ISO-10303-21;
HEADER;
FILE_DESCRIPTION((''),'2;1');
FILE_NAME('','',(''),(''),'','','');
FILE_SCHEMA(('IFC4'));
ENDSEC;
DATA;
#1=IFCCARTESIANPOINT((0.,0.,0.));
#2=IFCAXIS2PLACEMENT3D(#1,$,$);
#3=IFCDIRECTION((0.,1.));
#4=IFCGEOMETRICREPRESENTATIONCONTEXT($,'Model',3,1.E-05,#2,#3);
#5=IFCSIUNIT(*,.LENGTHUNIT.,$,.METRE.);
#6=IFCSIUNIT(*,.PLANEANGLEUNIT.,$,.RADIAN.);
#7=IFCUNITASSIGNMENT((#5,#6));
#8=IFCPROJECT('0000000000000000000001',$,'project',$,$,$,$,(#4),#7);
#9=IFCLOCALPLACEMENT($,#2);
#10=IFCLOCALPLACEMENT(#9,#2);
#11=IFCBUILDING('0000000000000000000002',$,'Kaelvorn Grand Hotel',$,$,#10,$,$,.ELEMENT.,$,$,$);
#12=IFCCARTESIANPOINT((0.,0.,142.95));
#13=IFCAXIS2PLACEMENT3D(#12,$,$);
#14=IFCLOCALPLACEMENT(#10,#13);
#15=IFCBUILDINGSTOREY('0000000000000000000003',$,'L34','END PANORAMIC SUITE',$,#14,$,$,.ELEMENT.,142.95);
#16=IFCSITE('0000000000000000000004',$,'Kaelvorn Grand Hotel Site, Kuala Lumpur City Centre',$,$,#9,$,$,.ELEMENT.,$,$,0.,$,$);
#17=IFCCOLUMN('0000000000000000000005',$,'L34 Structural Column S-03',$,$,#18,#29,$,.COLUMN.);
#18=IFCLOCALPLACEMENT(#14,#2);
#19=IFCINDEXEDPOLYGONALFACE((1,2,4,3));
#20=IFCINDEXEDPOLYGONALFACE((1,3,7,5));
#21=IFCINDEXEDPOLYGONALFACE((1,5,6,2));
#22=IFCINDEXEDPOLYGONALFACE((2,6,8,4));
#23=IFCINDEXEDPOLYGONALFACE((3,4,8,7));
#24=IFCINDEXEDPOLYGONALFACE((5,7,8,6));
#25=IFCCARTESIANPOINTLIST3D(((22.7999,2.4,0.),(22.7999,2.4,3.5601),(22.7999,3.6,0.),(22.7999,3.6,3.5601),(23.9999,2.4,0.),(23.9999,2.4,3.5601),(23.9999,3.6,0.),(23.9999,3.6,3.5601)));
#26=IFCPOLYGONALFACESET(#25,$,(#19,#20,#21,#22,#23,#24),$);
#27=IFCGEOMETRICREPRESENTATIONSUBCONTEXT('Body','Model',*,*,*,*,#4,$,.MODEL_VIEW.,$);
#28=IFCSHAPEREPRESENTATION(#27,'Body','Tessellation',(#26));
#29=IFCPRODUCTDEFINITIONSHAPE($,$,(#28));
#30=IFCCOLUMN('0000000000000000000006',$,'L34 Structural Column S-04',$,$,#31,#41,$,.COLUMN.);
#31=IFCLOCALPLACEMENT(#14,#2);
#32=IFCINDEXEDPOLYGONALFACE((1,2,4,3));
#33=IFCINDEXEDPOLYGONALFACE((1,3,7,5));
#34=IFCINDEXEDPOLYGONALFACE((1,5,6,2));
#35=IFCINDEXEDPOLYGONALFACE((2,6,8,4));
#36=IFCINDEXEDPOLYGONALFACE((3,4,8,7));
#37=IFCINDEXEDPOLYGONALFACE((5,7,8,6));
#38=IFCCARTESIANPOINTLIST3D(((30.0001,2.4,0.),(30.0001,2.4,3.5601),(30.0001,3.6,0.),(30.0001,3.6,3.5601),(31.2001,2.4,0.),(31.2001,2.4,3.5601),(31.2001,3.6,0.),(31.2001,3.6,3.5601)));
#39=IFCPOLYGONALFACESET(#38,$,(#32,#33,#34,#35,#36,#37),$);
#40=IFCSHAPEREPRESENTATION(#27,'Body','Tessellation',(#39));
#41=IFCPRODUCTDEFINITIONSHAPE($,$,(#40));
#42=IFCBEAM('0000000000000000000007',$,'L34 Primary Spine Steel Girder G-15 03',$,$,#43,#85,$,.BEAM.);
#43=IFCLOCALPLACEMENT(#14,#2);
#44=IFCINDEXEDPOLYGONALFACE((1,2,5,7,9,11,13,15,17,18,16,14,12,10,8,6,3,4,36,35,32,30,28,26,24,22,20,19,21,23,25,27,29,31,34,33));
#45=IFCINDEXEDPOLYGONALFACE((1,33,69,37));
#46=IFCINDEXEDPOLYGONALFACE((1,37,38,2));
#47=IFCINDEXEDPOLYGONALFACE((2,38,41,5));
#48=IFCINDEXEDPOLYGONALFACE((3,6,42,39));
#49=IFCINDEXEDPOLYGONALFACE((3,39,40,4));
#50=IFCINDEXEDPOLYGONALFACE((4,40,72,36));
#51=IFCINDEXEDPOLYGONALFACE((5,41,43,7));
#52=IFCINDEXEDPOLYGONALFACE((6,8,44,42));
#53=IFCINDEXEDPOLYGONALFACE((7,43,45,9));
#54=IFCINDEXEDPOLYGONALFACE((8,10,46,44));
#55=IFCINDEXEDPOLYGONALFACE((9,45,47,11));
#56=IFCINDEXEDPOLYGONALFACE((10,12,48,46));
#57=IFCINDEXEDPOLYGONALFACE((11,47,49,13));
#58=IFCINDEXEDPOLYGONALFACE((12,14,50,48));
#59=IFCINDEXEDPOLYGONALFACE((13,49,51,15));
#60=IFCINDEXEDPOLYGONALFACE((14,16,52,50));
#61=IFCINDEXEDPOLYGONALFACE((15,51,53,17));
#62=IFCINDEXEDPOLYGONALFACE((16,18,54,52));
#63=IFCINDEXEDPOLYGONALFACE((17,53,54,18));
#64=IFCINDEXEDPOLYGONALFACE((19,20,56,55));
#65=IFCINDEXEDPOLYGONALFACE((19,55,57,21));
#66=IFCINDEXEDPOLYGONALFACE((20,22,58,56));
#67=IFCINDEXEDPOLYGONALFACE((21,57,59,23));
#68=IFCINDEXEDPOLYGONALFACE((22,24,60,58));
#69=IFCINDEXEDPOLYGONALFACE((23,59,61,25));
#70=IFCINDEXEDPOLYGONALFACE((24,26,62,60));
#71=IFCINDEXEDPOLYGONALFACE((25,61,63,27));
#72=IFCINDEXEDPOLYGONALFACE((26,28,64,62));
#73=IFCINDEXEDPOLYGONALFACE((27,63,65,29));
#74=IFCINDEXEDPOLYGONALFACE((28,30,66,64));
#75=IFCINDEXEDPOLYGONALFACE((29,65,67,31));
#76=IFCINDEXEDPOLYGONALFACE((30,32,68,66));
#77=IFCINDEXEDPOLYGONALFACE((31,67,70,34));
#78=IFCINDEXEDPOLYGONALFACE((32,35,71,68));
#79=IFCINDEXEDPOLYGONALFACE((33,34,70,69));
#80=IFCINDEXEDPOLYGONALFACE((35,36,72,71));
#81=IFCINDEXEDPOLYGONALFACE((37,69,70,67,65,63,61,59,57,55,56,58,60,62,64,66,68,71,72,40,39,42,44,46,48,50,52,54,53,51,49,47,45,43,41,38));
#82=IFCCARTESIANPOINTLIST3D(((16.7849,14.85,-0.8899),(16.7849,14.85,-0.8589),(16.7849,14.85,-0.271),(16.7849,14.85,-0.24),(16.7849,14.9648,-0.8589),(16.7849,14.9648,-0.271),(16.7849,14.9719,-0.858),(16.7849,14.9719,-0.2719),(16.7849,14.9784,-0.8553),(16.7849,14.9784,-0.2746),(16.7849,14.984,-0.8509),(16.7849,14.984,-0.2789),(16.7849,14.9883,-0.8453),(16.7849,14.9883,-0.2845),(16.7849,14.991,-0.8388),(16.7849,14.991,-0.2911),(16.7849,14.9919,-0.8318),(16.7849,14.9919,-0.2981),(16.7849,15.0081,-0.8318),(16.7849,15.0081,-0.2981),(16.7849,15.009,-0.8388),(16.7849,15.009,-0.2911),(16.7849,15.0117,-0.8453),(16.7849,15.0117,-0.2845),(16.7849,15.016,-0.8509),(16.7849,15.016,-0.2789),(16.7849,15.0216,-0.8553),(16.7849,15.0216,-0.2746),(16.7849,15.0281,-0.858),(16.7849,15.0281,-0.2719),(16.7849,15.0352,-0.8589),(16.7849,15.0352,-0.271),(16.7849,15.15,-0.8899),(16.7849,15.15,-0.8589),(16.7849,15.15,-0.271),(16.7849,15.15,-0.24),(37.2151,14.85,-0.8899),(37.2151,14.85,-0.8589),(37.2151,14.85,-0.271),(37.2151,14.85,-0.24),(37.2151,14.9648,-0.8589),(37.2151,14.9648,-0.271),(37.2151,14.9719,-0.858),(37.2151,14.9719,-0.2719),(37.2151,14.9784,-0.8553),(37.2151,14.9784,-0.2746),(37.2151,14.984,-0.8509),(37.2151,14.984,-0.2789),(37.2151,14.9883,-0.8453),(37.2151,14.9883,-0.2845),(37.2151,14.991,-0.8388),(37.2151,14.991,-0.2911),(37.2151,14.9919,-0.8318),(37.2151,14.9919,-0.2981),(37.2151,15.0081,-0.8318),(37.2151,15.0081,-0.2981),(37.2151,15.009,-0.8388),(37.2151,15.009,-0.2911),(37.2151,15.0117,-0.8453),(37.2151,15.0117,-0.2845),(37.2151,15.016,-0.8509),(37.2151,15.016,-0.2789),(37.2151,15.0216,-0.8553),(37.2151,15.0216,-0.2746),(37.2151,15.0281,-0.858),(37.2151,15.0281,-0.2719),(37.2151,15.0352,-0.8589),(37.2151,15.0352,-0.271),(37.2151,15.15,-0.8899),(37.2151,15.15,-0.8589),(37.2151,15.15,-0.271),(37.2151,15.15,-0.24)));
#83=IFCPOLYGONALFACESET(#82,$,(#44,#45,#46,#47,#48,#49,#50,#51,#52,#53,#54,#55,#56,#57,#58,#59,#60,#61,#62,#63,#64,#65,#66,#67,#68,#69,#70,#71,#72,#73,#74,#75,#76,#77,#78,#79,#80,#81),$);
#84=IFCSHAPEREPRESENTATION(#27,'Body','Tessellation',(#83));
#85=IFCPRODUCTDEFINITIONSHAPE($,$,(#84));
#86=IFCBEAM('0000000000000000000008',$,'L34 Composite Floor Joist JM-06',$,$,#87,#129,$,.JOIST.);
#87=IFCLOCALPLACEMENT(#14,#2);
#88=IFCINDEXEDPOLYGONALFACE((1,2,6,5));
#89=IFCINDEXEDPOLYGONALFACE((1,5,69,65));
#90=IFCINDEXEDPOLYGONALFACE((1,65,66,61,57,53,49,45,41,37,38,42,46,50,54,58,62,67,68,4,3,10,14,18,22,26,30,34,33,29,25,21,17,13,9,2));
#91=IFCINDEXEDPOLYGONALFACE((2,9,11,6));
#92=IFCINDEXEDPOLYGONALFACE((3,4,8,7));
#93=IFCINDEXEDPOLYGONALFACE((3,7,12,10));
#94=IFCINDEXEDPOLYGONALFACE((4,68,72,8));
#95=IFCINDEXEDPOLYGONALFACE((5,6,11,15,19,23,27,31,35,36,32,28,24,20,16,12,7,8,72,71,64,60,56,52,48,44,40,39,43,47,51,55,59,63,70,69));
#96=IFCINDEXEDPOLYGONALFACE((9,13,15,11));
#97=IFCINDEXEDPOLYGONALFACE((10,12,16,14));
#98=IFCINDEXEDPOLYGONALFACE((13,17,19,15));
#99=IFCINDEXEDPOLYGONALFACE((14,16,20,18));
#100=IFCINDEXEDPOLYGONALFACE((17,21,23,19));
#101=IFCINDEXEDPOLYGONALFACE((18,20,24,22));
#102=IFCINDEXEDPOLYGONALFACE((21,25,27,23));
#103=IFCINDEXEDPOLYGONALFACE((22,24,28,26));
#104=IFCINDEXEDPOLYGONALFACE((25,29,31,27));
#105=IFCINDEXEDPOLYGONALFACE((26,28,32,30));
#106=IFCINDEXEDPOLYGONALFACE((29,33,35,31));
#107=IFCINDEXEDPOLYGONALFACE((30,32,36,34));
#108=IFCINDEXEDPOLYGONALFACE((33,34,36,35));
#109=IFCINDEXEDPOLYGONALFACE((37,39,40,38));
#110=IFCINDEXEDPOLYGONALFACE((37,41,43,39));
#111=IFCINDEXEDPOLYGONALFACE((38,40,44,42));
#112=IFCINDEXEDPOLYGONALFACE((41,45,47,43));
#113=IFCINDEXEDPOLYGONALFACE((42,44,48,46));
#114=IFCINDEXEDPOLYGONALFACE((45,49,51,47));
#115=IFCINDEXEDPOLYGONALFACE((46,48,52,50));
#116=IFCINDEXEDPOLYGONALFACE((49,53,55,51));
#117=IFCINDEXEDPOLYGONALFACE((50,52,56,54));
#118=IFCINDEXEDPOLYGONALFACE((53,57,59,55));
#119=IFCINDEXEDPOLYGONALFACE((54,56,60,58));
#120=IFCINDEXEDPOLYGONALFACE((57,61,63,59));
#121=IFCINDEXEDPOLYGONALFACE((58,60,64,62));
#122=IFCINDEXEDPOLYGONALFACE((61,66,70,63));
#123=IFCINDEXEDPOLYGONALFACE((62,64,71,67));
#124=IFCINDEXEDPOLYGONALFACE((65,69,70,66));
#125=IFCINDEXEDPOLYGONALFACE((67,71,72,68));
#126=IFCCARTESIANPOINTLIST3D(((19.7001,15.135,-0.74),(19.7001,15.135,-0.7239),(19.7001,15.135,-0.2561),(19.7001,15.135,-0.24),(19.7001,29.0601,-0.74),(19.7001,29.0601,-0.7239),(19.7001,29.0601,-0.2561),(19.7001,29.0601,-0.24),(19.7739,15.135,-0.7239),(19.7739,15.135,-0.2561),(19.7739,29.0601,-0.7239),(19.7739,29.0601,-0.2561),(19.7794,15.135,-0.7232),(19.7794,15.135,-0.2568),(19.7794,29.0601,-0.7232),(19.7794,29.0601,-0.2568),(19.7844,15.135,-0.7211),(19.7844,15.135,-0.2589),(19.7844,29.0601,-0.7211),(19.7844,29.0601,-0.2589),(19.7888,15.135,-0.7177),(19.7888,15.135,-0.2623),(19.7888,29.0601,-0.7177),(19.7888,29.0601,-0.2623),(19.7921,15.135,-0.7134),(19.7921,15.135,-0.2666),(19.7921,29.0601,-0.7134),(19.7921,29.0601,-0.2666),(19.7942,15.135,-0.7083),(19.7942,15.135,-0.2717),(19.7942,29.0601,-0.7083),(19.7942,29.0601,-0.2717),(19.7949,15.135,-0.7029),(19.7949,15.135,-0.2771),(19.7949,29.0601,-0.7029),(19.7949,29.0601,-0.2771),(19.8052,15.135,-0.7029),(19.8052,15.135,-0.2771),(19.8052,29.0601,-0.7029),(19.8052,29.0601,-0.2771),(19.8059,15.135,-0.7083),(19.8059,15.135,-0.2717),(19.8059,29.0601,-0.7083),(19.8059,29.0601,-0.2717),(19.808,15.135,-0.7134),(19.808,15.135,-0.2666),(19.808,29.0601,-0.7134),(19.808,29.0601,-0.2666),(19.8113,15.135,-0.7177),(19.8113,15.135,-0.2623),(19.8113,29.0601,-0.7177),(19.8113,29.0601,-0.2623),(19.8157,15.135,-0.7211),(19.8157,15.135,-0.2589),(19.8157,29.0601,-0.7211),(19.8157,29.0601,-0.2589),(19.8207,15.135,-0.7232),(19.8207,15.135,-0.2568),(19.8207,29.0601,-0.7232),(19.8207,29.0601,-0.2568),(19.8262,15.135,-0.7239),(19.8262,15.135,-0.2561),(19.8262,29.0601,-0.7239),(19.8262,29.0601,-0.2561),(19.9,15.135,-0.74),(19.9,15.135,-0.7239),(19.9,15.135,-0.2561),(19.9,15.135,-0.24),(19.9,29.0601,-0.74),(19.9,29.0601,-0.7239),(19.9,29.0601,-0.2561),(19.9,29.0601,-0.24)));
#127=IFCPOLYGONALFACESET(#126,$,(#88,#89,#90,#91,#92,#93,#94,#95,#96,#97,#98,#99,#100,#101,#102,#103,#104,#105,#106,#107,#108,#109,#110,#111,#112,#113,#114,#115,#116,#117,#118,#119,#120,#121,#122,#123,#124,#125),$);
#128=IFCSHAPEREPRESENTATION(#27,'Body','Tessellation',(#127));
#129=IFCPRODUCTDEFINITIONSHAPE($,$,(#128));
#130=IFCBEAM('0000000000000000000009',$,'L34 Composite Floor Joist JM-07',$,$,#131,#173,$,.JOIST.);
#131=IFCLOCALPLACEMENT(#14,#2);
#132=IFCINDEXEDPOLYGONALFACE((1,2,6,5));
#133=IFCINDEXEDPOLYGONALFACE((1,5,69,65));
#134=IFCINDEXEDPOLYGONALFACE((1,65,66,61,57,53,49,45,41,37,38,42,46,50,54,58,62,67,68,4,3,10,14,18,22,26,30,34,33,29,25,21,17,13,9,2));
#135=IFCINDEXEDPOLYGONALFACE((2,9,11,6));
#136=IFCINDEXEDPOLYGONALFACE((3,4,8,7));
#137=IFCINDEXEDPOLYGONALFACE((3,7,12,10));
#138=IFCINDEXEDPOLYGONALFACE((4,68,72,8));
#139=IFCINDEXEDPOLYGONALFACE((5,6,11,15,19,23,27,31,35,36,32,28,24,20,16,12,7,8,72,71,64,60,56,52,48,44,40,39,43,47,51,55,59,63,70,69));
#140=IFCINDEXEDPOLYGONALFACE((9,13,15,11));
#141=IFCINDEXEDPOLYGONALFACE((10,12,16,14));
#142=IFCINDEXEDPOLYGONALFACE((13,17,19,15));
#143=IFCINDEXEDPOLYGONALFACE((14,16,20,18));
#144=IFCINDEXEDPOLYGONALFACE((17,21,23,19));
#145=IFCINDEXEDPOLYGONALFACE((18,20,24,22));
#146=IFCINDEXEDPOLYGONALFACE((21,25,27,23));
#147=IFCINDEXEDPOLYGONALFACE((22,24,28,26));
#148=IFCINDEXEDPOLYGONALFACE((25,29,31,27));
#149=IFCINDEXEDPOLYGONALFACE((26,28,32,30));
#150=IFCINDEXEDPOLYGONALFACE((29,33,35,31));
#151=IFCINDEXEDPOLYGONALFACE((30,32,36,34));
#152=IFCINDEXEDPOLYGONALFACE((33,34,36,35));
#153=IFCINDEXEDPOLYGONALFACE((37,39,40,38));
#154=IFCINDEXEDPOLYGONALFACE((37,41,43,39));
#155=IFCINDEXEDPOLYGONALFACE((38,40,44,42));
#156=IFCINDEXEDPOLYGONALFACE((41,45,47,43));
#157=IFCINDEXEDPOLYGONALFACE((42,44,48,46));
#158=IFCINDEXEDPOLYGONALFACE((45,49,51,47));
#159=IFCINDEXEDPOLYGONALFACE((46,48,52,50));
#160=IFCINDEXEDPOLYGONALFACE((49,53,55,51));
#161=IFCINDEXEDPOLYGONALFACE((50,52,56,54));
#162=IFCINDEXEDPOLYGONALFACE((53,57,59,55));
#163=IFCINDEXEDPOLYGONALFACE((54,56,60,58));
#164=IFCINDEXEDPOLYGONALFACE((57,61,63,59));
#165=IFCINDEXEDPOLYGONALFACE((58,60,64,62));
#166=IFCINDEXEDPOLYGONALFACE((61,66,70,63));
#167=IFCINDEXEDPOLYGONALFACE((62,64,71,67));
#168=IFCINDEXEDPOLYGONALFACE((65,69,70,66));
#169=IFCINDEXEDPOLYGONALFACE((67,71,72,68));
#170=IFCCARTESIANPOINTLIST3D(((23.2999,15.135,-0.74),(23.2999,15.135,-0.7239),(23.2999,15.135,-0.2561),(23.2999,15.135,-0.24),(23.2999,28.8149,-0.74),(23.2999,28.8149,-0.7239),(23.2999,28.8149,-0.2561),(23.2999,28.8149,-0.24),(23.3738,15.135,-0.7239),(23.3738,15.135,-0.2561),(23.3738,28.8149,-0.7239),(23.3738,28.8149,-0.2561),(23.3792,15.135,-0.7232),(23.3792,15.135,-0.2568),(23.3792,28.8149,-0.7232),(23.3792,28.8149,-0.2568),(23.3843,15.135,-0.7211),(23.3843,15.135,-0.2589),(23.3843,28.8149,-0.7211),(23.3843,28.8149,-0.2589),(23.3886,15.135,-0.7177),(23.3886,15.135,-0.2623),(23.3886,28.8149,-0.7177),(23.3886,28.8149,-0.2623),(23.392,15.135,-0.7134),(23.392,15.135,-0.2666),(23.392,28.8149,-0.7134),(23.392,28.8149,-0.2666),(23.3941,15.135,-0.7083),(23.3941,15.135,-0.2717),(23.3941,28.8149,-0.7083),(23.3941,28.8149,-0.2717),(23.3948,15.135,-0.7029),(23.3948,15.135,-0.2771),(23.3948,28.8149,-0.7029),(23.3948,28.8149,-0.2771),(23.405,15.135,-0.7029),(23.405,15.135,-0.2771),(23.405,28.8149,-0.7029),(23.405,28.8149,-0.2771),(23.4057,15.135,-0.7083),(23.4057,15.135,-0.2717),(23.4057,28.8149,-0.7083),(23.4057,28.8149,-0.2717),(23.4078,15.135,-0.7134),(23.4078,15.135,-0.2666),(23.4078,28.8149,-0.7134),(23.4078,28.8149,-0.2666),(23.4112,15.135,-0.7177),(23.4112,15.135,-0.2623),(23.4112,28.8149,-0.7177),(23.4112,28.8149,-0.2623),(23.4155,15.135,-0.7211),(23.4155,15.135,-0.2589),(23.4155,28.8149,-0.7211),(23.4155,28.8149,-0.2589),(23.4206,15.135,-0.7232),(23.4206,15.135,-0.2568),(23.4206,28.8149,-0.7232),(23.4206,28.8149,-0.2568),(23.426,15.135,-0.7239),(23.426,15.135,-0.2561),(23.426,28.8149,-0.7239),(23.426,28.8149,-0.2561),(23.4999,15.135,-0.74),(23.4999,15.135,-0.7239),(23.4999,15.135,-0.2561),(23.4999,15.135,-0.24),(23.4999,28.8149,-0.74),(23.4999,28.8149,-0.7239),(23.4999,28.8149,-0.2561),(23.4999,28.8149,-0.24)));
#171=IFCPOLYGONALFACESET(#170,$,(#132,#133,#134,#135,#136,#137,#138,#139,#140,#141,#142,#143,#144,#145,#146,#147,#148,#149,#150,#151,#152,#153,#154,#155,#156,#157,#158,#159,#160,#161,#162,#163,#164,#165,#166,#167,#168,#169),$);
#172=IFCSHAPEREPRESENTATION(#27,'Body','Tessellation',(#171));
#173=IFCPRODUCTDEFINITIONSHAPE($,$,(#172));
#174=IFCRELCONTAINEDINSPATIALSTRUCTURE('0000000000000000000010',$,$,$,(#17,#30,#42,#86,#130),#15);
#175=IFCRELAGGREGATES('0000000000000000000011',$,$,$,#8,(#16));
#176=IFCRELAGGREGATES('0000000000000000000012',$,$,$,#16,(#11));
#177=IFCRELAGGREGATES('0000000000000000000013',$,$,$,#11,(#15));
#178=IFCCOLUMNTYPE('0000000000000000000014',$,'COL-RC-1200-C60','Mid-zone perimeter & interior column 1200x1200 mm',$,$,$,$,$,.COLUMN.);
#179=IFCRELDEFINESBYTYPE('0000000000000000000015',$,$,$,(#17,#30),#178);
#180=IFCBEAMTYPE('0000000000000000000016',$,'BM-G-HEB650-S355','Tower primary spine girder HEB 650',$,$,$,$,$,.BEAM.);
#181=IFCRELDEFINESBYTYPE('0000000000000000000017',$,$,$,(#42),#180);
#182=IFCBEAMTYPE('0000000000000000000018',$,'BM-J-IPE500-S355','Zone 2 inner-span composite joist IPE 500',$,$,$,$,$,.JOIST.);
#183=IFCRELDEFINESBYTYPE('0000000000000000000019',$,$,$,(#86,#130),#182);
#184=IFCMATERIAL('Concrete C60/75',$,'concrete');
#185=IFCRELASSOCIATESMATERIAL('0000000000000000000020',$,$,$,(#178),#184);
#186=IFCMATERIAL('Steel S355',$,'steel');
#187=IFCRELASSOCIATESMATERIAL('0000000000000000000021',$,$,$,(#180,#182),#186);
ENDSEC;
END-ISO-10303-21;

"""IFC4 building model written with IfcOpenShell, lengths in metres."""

from ifc_helpers import new_model, si_unit, direction, frame, origin, origin_2d, place, context, subcontext, project, spatial, rectangle, i_section, extrude, material, material_profile, profile_set, type_object, element, save


model = new_model("IFC4")

# Units and contexts
model_context = context("Model", 3, precision=1e-05, world=origin(), true_north=direction((0.0, 1.0)))
body_context = subcontext(model_context, "Body", "Model", "MODEL_VIEW")
ifc_project = project(units=[si_unit("LENGTHUNIT", "METRE"), si_unit("PLANEANGLEUNIT", "RADIAN")], contexts=[model_context])

# Site, building, storey
site_placement = place(None, origin())
site = spatial("IfcSite", under=ifc_project, at=site_placement, Name="Kaelvorn Grand Hotel Site, Kuala Lumpur City Centre", CompositionType="ELEMENT", RefElevation=0.0)
building_placement = place(site_placement, origin())
building = spatial("IfcBuilding", under=site, at=building_placement, Name="Kaelvorn Grand Hotel", CompositionType="ELEMENT")
storey_placement = place(building_placement, frame((0.0, 0.0, 142.95)))
storey = spatial("IfcBuildingStorey", under=building, at=storey_placement, Name="L34", Description="END PANORAMIC SUITE", CompositionType="ELEMENT", Elevation=142.95)

# Columns
ifc_material_1 = material(Name="Concrete C60/75", Category="concrete")
ifc_material_profile_1 = material_profile(ifc_material_1, rectangle(XDim=1.2, YDim=1.2, at=origin_2d()), Name="RC COL 1200x1200")
ifc_profile_set_1 = profile_set([ifc_material_profile_1], Name="Concrete C60/75")
column_type = type_object("IfcColumnType", Name="COL-RC-1200-C60", Description="Mid-zone perimeter & interior column 1200x1200 mm", PredefinedType="COLUMN", material=ifc_profile_set_1)
for number, where, z_axis, x_axis, name in (
    (1, (23.3999, 3.0, 0.0), (0.0, 0.0, 1.0), (1.0, 0.0, 0.0), "L34 Structural Column S-03"),
    (2, (30.6001, 3.0, 0.0), (0.0, 0.0, 1.0), (1.0, 0.0, 0.0), "L34 Structural Column S-04"),
):
    element("IfcColumn", number, at=place(storey_placement, frame(where, z_axis=z_axis, x_axis=x_axis)), inside=storey, type_object=column_type, Name=name, PredefinedType="COLUMN", context=body_context, shape_type="SweptSolid", body=[
        extrude(rectangle(XDim=1.2, YDim=1.2, at=origin_2d()), origin(), (0.0, 0.0, 1.0), 3.5601),
    ])

# Beams
ifc_material_2 = material(Name="Steel S355", Category="steel")
ifc_material_profile_2 = material_profile(ifc_material_2, i_section(OverallWidth=0.3, OverallDepth=0.6499, WebThickness=0.0161, FlangeThickness=0.031, FilletRadius=0.0271, at=origin_2d()), Name="HEB 650")
ifc_profile_set_2 = profile_set([ifc_material_profile_2], Name="Steel S355")
beam_type_1 = type_object("IfcBeamType", Name="BM-G-HEB650-S355", Description="Tower primary spine girder HEB 650", PredefinedType="BEAM", material=ifc_profile_set_2)
beam_1_placement = place(storey_placement, frame((16.7849, 15.0, -0.5649), z_axis=(1.0, 0.0, 0.0), x_axis=(0.0, 1.0, 0.0)))
element("IfcBeam", 3, at=beam_1_placement, inside=storey, type_object=beam_type_1, Name="L34 Primary Spine Steel Girder G-15 03", PredefinedType="BEAM", context=body_context, shape_type="SweptSolid", body=[
    extrude(i_section(OverallWidth=0.3, OverallDepth=0.6499, WebThickness=0.0161, FlangeThickness=0.031, FilletRadius=0.0271, at=origin_2d()), origin(), (0.0, 0.0, 1.0), 20.4302),
])
ifc_material_profile_3 = material_profile(ifc_material_2, i_section(OverallWidth=0.2, OverallDepth=0.5, WebThickness=0.0103, FlangeThickness=0.0161, FilletRadius=0.021, at=origin_2d()), Name="IPE 500")
ifc_profile_set_3 = profile_set([ifc_material_profile_3], Name="Steel S355")
beam_type_2 = type_object("IfcBeamType", Name="BM-J-IPE500-S355", Description="Zone 2 inner-span composite joist IPE 500", PredefinedType="JOIST", material=ifc_profile_set_3)
beam_2_placement = place(storey_placement, frame((19.8, 15.135, -0.49), z_axis=(0.0, 1.0, 0.0), x_axis=(-1.0, 0.0, 0.0)))
element("IfcBeam", 4, at=beam_2_placement, inside=storey, type_object=beam_type_2, Name="L34 Composite Floor Joist JM-06", PredefinedType="JOIST", context=body_context, shape_type="SweptSolid", body=[
    extrude(i_section(OverallWidth=0.2, OverallDepth=0.5, WebThickness=0.0103, FlangeThickness=0.0161, FilletRadius=0.021, at=origin_2d()), origin(), (0.0, 0.0, 1.0), 13.925),
])
beam_3_placement = place(storey_placement, frame((23.3999, 15.135, -0.49), z_axis=(0.0, 1.0, 0.0), x_axis=(-1.0, 0.0, 0.0)))
element("IfcBeam", 5, at=beam_3_placement, inside=storey, type_object=beam_type_2, Name="L34 Composite Floor Joist JM-07", PredefinedType="JOIST", context=body_context, shape_type="SweptSolid", body=[
    extrude(i_section(OverallWidth=0.2, OverallDepth=0.5, WebThickness=0.0103, FlangeThickness=0.0161, FilletRadius=0.021, at=origin_2d()), origin(), (0.0, 0.0, 1.0), 13.6799),
])

save(model, "model.ifc")
